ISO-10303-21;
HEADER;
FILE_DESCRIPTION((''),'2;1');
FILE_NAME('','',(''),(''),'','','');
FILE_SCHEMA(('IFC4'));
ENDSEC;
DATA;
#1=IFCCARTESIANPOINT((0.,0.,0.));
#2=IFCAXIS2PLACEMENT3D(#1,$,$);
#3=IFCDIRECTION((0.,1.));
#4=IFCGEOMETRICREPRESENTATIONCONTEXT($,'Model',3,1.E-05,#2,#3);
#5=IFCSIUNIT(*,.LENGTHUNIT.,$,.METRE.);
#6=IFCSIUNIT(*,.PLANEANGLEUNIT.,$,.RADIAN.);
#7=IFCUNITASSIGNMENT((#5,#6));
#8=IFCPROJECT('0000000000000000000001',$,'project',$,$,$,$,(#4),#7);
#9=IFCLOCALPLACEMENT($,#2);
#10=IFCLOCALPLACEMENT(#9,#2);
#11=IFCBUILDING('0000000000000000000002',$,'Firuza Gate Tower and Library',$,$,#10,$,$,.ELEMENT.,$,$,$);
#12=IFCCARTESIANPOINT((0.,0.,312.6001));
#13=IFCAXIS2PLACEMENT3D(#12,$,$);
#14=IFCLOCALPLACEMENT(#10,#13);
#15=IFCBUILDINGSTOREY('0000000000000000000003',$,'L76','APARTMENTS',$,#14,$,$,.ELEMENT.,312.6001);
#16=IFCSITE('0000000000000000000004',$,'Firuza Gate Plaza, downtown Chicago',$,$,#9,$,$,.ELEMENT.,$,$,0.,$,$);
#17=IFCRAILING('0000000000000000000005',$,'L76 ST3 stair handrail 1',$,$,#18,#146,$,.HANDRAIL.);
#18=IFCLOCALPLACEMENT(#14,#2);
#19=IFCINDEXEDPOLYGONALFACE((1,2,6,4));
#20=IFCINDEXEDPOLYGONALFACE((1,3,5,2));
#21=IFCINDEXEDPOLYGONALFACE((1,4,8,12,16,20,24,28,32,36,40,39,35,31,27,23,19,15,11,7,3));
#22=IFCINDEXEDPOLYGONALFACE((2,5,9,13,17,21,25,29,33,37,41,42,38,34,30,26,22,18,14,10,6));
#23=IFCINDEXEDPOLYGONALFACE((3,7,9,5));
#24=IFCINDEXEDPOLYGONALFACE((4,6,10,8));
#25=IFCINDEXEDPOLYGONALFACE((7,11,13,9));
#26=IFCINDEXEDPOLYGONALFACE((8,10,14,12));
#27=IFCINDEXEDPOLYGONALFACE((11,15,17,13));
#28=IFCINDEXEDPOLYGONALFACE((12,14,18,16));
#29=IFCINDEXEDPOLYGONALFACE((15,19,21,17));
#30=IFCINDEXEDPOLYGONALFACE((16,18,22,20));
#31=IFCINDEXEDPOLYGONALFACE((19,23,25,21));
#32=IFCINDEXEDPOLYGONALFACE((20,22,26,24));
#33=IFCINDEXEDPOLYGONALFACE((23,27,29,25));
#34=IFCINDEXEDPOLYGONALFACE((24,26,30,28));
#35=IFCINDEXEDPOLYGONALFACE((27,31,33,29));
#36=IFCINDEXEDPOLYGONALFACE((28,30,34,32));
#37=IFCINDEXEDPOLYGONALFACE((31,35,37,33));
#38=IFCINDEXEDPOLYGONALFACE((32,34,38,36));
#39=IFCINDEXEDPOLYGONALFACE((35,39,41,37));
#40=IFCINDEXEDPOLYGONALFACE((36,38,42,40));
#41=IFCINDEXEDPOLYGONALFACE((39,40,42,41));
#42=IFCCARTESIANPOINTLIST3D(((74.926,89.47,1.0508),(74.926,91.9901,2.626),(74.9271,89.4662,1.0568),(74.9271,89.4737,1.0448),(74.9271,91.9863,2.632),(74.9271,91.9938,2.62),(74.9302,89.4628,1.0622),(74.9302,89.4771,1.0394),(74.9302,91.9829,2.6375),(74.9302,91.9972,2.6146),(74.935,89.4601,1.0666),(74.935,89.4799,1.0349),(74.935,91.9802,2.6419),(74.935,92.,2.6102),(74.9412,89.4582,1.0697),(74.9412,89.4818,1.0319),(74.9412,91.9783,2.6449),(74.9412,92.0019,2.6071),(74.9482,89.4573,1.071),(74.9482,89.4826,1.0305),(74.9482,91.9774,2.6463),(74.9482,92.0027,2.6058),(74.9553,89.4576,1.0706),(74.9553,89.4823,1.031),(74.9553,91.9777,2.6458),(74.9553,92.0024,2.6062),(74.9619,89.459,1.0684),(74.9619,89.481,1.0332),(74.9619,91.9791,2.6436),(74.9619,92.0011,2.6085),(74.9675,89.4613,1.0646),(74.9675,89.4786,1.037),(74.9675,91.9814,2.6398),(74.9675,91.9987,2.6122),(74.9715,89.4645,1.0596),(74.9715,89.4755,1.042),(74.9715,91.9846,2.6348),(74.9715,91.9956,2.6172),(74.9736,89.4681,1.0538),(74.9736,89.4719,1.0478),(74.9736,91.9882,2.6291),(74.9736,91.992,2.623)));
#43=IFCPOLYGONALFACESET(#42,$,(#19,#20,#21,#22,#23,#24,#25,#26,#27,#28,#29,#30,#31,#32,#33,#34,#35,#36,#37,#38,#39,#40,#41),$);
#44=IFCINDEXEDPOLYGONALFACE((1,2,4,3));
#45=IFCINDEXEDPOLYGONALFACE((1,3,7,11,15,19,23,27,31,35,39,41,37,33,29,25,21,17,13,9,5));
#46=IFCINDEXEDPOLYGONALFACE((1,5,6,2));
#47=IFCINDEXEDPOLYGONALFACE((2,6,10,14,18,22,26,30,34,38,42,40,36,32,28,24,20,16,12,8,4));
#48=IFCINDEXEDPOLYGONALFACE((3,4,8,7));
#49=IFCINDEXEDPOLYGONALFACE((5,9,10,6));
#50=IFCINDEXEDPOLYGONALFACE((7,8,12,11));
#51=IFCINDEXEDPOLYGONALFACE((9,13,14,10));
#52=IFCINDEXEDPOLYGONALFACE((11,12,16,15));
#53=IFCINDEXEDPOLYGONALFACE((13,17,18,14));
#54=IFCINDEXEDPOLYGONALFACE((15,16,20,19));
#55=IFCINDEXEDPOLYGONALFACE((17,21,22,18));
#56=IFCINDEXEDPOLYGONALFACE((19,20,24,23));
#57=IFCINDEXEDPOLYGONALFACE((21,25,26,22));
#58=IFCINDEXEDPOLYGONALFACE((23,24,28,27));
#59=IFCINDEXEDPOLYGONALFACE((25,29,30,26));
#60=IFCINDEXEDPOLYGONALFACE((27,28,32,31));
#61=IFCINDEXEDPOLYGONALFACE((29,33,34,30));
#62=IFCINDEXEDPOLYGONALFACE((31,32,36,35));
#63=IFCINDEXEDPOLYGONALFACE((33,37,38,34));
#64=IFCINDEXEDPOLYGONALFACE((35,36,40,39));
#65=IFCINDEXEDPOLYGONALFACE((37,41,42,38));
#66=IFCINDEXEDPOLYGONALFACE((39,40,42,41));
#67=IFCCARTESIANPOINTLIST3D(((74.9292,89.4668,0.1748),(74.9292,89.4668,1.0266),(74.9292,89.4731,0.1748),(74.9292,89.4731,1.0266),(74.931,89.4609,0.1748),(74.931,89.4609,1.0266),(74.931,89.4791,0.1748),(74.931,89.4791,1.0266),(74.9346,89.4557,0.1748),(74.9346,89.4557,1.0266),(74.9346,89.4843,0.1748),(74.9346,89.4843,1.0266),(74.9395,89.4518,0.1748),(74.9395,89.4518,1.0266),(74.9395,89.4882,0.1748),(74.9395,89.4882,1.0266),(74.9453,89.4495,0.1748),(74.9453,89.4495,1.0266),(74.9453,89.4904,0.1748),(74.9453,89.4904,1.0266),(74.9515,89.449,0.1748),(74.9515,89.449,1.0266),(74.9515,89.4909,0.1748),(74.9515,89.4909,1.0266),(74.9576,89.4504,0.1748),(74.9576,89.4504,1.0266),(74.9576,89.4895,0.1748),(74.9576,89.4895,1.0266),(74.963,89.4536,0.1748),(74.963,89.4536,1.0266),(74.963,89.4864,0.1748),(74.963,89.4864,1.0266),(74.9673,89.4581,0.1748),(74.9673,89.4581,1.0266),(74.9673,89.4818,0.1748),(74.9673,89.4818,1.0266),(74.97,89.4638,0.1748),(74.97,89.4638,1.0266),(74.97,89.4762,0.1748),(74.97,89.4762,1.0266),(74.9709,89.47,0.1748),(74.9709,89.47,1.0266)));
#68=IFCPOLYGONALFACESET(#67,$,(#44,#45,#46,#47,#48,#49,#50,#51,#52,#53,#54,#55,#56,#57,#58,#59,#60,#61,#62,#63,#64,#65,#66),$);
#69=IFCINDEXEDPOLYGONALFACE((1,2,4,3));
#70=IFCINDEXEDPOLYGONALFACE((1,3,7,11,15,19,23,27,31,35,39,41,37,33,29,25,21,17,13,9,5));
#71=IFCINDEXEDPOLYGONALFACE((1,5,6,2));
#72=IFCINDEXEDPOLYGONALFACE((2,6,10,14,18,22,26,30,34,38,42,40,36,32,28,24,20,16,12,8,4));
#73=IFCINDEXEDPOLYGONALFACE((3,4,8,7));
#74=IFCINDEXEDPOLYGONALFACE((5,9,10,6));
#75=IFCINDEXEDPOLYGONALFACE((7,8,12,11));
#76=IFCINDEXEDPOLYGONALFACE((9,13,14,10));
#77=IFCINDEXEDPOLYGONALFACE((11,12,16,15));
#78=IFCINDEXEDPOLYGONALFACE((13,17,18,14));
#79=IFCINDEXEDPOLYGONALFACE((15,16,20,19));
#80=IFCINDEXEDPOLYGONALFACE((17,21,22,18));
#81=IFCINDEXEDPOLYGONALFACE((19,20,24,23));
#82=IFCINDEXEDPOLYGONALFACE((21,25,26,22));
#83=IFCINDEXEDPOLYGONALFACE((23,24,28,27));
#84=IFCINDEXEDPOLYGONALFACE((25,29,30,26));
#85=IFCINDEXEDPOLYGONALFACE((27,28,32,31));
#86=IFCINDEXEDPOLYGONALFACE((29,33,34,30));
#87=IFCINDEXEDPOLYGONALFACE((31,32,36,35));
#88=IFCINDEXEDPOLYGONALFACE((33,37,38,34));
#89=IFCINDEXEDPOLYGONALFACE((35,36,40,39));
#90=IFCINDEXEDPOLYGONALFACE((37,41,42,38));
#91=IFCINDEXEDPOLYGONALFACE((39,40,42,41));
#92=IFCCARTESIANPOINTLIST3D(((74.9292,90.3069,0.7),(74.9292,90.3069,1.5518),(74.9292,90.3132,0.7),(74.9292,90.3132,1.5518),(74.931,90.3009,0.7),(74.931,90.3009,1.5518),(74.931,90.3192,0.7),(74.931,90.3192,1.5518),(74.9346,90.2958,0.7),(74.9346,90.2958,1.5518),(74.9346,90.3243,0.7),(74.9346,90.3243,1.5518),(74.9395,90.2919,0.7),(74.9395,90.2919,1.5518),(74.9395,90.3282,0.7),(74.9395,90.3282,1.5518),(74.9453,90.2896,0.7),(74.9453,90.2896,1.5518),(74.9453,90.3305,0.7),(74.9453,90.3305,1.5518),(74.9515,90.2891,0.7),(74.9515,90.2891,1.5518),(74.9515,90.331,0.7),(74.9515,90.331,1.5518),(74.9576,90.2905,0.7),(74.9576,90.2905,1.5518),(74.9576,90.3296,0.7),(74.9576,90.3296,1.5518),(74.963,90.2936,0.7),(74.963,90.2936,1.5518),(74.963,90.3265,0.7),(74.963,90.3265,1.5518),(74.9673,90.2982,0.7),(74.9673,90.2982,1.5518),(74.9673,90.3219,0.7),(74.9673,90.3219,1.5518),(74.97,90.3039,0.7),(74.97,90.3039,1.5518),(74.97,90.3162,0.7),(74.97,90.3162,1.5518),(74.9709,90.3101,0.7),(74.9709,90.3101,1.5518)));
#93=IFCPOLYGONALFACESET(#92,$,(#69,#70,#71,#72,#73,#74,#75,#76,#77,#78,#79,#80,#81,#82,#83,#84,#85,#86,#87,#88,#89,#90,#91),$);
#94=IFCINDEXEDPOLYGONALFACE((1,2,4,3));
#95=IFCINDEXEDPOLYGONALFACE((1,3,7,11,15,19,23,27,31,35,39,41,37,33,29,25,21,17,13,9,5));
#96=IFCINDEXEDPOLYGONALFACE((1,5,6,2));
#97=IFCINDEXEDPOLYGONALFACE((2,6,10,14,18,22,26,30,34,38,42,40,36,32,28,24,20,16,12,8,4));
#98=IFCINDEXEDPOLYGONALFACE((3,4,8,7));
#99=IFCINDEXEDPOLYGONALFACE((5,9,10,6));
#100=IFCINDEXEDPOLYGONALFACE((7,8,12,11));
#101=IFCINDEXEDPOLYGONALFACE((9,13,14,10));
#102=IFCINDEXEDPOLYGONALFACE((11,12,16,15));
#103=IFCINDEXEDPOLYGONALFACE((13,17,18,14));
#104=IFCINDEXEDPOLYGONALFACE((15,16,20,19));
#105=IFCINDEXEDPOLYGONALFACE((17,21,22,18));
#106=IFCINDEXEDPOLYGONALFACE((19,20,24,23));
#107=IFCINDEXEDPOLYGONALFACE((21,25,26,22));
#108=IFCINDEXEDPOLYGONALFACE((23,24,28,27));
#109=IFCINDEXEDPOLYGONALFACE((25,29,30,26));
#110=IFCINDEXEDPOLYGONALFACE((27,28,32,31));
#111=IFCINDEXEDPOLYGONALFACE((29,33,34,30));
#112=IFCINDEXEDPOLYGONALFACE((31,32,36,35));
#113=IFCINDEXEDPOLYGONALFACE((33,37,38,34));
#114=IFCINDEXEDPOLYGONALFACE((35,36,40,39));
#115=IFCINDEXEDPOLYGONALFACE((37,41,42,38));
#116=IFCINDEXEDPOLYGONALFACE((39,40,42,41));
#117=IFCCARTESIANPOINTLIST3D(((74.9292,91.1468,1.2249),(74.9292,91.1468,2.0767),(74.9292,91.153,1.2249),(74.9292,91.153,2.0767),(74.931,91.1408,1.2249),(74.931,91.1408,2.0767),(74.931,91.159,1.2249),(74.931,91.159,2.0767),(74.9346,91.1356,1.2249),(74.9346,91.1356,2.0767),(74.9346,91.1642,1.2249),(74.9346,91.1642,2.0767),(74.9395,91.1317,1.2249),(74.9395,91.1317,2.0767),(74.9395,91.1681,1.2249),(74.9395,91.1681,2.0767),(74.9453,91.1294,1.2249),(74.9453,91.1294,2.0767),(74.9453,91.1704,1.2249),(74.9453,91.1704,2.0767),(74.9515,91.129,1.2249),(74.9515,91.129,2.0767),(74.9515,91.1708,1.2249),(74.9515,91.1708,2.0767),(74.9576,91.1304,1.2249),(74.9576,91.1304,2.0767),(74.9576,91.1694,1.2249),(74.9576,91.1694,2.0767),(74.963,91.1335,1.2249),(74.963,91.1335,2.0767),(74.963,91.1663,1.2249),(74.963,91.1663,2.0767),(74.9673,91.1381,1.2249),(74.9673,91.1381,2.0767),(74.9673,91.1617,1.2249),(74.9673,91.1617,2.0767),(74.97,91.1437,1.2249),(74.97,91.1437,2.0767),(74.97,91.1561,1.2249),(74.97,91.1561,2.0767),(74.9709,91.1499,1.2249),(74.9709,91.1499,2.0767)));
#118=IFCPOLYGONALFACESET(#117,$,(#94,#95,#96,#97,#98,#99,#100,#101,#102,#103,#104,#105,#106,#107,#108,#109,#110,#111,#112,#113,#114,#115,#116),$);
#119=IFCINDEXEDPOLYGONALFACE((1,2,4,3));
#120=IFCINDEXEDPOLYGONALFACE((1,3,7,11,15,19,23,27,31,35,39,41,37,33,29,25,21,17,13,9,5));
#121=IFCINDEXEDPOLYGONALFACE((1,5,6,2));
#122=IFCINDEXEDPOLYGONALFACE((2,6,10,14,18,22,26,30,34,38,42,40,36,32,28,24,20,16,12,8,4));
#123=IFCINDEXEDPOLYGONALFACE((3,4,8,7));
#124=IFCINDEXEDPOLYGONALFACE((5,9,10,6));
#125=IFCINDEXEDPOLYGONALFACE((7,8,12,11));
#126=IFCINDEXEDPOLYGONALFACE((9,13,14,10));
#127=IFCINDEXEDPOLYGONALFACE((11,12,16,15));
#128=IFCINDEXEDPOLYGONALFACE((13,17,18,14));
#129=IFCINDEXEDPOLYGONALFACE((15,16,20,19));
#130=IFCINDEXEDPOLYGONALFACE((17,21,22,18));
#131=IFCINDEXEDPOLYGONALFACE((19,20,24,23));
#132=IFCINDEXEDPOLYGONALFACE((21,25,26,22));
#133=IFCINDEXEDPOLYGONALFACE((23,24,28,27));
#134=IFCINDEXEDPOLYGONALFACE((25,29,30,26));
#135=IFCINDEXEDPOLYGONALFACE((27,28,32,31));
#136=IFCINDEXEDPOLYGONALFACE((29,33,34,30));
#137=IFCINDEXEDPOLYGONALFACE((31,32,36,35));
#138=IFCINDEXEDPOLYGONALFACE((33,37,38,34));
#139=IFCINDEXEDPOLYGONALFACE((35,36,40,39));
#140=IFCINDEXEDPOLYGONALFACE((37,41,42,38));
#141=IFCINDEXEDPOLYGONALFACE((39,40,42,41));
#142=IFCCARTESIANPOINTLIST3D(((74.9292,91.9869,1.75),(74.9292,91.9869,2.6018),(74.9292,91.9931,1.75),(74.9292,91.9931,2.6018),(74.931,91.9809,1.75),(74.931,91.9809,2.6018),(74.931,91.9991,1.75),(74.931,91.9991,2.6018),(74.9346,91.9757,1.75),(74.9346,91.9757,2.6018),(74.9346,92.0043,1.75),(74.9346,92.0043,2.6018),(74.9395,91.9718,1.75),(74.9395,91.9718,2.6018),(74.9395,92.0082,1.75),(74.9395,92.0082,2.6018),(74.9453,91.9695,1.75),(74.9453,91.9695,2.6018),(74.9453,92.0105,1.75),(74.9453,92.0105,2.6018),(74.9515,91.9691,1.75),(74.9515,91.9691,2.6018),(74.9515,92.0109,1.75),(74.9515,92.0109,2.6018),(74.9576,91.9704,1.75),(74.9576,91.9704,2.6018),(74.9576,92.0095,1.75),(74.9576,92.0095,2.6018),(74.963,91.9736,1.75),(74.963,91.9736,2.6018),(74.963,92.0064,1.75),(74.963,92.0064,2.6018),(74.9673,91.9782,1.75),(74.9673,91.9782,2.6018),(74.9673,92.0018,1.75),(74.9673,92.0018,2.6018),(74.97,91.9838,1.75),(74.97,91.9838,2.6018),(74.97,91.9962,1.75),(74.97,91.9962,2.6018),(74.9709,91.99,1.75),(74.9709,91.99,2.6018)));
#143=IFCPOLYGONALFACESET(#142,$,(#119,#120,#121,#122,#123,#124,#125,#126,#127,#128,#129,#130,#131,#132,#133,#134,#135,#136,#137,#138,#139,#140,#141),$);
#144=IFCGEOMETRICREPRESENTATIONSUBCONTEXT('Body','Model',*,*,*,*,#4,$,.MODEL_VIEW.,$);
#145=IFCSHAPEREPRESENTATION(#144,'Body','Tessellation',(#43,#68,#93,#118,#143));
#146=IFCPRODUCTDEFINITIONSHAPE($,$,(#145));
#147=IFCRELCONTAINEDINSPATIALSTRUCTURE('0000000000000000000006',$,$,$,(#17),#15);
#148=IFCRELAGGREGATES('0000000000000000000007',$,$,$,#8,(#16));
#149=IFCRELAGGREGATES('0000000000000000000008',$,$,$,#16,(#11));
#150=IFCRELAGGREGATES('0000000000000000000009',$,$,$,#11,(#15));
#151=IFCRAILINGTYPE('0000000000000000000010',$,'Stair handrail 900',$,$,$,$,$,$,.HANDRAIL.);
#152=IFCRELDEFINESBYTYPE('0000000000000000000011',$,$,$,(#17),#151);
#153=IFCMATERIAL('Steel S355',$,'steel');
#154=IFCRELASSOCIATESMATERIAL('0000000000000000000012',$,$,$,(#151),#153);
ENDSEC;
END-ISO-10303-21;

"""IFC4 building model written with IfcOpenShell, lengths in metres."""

from ifc_helpers import new_model, si_unit, direction, frame, origin, origin_2d, place, context, subcontext, project, spatial, circle, extrude, material, type_object, element, save


model = new_model("IFC4")

# Units and contexts
model_context = context("Model", 3, precision=1e-05, world=origin(), true_north=direction((0.0, 1.0)))
body_context = subcontext(model_context, "Body", "Model", "MODEL_VIEW")
ifc_project = project(units=[si_unit("LENGTHUNIT", "METRE"), si_unit("PLANEANGLEUNIT", "RADIAN")], contexts=[model_context])

# Site, building, storey
site_placement = place(None, origin())
site = spatial("IfcSite", under=ifc_project, at=site_placement, Name="Firuza Gate Plaza, downtown Chicago", CompositionType="ELEMENT", RefElevation=0.0)
building_placement = place(site_placement, origin())
building = spatial("IfcBuilding", under=site, at=building_placement, Name="Firuza Gate Tower and Library", CompositionType="ELEMENT")
storey_placement = place(building_placement, frame((0.0, 0.0, 312.6001)))
storey = spatial("IfcBuildingStorey", under=building, at=storey_placement, Name="L76", Description="APARTMENTS", CompositionType="ELEMENT", Elevation=312.6001)

# Railing
ifc_material_1 = material(Name="Steel S355", Category="steel")
railing_type_1 = type_object("IfcRailingType", Name="Stair handrail 900", PredefinedType="HANDRAIL", material=ifc_material_1)
railing_1_placement = place(storey_placement, frame((74.95, 89.47, 0.1748)))
element("IfcRailing", 1, at=railing_1_placement, inside=storey, type_object=railing_type_1, Name="L76 ST3 stair handrail 1", PredefinedType="HANDRAIL", context=body_context, shape_type="SweptSolid", body=[
    extrude(circle(Radius=0.0239, at=origin_2d()), frame((0.0, 0.0, 0.876), z_axis=(0.0, 0.847971, 0.530043), x_axis=(-1.0, 0.0, 0.0)), (0.0, 0.0, 1.0), 2.9719),
    extrude(circle(Radius=0.021, at=origin_2d()), origin(), (0.0, 0.0, 1.0), 0.8518),
    extrude(circle(Radius=0.021, at=origin_2d()), frame((0.0, 0.8401, 0.5251)), (0.0, 0.0, 1.0), 0.8518),
    extrude(circle(Radius=0.021, at=origin_2d()), frame((0.0, 1.6799, 1.05)), (0.0, 0.0, 1.0), 0.8518),
    extrude(circle(Radius=0.021, at=origin_2d()), frame((0.0, 2.52, 1.5752)), (0.0, 0.0, 1.0), 0.8518),
])

save(model, "model.ifc")
